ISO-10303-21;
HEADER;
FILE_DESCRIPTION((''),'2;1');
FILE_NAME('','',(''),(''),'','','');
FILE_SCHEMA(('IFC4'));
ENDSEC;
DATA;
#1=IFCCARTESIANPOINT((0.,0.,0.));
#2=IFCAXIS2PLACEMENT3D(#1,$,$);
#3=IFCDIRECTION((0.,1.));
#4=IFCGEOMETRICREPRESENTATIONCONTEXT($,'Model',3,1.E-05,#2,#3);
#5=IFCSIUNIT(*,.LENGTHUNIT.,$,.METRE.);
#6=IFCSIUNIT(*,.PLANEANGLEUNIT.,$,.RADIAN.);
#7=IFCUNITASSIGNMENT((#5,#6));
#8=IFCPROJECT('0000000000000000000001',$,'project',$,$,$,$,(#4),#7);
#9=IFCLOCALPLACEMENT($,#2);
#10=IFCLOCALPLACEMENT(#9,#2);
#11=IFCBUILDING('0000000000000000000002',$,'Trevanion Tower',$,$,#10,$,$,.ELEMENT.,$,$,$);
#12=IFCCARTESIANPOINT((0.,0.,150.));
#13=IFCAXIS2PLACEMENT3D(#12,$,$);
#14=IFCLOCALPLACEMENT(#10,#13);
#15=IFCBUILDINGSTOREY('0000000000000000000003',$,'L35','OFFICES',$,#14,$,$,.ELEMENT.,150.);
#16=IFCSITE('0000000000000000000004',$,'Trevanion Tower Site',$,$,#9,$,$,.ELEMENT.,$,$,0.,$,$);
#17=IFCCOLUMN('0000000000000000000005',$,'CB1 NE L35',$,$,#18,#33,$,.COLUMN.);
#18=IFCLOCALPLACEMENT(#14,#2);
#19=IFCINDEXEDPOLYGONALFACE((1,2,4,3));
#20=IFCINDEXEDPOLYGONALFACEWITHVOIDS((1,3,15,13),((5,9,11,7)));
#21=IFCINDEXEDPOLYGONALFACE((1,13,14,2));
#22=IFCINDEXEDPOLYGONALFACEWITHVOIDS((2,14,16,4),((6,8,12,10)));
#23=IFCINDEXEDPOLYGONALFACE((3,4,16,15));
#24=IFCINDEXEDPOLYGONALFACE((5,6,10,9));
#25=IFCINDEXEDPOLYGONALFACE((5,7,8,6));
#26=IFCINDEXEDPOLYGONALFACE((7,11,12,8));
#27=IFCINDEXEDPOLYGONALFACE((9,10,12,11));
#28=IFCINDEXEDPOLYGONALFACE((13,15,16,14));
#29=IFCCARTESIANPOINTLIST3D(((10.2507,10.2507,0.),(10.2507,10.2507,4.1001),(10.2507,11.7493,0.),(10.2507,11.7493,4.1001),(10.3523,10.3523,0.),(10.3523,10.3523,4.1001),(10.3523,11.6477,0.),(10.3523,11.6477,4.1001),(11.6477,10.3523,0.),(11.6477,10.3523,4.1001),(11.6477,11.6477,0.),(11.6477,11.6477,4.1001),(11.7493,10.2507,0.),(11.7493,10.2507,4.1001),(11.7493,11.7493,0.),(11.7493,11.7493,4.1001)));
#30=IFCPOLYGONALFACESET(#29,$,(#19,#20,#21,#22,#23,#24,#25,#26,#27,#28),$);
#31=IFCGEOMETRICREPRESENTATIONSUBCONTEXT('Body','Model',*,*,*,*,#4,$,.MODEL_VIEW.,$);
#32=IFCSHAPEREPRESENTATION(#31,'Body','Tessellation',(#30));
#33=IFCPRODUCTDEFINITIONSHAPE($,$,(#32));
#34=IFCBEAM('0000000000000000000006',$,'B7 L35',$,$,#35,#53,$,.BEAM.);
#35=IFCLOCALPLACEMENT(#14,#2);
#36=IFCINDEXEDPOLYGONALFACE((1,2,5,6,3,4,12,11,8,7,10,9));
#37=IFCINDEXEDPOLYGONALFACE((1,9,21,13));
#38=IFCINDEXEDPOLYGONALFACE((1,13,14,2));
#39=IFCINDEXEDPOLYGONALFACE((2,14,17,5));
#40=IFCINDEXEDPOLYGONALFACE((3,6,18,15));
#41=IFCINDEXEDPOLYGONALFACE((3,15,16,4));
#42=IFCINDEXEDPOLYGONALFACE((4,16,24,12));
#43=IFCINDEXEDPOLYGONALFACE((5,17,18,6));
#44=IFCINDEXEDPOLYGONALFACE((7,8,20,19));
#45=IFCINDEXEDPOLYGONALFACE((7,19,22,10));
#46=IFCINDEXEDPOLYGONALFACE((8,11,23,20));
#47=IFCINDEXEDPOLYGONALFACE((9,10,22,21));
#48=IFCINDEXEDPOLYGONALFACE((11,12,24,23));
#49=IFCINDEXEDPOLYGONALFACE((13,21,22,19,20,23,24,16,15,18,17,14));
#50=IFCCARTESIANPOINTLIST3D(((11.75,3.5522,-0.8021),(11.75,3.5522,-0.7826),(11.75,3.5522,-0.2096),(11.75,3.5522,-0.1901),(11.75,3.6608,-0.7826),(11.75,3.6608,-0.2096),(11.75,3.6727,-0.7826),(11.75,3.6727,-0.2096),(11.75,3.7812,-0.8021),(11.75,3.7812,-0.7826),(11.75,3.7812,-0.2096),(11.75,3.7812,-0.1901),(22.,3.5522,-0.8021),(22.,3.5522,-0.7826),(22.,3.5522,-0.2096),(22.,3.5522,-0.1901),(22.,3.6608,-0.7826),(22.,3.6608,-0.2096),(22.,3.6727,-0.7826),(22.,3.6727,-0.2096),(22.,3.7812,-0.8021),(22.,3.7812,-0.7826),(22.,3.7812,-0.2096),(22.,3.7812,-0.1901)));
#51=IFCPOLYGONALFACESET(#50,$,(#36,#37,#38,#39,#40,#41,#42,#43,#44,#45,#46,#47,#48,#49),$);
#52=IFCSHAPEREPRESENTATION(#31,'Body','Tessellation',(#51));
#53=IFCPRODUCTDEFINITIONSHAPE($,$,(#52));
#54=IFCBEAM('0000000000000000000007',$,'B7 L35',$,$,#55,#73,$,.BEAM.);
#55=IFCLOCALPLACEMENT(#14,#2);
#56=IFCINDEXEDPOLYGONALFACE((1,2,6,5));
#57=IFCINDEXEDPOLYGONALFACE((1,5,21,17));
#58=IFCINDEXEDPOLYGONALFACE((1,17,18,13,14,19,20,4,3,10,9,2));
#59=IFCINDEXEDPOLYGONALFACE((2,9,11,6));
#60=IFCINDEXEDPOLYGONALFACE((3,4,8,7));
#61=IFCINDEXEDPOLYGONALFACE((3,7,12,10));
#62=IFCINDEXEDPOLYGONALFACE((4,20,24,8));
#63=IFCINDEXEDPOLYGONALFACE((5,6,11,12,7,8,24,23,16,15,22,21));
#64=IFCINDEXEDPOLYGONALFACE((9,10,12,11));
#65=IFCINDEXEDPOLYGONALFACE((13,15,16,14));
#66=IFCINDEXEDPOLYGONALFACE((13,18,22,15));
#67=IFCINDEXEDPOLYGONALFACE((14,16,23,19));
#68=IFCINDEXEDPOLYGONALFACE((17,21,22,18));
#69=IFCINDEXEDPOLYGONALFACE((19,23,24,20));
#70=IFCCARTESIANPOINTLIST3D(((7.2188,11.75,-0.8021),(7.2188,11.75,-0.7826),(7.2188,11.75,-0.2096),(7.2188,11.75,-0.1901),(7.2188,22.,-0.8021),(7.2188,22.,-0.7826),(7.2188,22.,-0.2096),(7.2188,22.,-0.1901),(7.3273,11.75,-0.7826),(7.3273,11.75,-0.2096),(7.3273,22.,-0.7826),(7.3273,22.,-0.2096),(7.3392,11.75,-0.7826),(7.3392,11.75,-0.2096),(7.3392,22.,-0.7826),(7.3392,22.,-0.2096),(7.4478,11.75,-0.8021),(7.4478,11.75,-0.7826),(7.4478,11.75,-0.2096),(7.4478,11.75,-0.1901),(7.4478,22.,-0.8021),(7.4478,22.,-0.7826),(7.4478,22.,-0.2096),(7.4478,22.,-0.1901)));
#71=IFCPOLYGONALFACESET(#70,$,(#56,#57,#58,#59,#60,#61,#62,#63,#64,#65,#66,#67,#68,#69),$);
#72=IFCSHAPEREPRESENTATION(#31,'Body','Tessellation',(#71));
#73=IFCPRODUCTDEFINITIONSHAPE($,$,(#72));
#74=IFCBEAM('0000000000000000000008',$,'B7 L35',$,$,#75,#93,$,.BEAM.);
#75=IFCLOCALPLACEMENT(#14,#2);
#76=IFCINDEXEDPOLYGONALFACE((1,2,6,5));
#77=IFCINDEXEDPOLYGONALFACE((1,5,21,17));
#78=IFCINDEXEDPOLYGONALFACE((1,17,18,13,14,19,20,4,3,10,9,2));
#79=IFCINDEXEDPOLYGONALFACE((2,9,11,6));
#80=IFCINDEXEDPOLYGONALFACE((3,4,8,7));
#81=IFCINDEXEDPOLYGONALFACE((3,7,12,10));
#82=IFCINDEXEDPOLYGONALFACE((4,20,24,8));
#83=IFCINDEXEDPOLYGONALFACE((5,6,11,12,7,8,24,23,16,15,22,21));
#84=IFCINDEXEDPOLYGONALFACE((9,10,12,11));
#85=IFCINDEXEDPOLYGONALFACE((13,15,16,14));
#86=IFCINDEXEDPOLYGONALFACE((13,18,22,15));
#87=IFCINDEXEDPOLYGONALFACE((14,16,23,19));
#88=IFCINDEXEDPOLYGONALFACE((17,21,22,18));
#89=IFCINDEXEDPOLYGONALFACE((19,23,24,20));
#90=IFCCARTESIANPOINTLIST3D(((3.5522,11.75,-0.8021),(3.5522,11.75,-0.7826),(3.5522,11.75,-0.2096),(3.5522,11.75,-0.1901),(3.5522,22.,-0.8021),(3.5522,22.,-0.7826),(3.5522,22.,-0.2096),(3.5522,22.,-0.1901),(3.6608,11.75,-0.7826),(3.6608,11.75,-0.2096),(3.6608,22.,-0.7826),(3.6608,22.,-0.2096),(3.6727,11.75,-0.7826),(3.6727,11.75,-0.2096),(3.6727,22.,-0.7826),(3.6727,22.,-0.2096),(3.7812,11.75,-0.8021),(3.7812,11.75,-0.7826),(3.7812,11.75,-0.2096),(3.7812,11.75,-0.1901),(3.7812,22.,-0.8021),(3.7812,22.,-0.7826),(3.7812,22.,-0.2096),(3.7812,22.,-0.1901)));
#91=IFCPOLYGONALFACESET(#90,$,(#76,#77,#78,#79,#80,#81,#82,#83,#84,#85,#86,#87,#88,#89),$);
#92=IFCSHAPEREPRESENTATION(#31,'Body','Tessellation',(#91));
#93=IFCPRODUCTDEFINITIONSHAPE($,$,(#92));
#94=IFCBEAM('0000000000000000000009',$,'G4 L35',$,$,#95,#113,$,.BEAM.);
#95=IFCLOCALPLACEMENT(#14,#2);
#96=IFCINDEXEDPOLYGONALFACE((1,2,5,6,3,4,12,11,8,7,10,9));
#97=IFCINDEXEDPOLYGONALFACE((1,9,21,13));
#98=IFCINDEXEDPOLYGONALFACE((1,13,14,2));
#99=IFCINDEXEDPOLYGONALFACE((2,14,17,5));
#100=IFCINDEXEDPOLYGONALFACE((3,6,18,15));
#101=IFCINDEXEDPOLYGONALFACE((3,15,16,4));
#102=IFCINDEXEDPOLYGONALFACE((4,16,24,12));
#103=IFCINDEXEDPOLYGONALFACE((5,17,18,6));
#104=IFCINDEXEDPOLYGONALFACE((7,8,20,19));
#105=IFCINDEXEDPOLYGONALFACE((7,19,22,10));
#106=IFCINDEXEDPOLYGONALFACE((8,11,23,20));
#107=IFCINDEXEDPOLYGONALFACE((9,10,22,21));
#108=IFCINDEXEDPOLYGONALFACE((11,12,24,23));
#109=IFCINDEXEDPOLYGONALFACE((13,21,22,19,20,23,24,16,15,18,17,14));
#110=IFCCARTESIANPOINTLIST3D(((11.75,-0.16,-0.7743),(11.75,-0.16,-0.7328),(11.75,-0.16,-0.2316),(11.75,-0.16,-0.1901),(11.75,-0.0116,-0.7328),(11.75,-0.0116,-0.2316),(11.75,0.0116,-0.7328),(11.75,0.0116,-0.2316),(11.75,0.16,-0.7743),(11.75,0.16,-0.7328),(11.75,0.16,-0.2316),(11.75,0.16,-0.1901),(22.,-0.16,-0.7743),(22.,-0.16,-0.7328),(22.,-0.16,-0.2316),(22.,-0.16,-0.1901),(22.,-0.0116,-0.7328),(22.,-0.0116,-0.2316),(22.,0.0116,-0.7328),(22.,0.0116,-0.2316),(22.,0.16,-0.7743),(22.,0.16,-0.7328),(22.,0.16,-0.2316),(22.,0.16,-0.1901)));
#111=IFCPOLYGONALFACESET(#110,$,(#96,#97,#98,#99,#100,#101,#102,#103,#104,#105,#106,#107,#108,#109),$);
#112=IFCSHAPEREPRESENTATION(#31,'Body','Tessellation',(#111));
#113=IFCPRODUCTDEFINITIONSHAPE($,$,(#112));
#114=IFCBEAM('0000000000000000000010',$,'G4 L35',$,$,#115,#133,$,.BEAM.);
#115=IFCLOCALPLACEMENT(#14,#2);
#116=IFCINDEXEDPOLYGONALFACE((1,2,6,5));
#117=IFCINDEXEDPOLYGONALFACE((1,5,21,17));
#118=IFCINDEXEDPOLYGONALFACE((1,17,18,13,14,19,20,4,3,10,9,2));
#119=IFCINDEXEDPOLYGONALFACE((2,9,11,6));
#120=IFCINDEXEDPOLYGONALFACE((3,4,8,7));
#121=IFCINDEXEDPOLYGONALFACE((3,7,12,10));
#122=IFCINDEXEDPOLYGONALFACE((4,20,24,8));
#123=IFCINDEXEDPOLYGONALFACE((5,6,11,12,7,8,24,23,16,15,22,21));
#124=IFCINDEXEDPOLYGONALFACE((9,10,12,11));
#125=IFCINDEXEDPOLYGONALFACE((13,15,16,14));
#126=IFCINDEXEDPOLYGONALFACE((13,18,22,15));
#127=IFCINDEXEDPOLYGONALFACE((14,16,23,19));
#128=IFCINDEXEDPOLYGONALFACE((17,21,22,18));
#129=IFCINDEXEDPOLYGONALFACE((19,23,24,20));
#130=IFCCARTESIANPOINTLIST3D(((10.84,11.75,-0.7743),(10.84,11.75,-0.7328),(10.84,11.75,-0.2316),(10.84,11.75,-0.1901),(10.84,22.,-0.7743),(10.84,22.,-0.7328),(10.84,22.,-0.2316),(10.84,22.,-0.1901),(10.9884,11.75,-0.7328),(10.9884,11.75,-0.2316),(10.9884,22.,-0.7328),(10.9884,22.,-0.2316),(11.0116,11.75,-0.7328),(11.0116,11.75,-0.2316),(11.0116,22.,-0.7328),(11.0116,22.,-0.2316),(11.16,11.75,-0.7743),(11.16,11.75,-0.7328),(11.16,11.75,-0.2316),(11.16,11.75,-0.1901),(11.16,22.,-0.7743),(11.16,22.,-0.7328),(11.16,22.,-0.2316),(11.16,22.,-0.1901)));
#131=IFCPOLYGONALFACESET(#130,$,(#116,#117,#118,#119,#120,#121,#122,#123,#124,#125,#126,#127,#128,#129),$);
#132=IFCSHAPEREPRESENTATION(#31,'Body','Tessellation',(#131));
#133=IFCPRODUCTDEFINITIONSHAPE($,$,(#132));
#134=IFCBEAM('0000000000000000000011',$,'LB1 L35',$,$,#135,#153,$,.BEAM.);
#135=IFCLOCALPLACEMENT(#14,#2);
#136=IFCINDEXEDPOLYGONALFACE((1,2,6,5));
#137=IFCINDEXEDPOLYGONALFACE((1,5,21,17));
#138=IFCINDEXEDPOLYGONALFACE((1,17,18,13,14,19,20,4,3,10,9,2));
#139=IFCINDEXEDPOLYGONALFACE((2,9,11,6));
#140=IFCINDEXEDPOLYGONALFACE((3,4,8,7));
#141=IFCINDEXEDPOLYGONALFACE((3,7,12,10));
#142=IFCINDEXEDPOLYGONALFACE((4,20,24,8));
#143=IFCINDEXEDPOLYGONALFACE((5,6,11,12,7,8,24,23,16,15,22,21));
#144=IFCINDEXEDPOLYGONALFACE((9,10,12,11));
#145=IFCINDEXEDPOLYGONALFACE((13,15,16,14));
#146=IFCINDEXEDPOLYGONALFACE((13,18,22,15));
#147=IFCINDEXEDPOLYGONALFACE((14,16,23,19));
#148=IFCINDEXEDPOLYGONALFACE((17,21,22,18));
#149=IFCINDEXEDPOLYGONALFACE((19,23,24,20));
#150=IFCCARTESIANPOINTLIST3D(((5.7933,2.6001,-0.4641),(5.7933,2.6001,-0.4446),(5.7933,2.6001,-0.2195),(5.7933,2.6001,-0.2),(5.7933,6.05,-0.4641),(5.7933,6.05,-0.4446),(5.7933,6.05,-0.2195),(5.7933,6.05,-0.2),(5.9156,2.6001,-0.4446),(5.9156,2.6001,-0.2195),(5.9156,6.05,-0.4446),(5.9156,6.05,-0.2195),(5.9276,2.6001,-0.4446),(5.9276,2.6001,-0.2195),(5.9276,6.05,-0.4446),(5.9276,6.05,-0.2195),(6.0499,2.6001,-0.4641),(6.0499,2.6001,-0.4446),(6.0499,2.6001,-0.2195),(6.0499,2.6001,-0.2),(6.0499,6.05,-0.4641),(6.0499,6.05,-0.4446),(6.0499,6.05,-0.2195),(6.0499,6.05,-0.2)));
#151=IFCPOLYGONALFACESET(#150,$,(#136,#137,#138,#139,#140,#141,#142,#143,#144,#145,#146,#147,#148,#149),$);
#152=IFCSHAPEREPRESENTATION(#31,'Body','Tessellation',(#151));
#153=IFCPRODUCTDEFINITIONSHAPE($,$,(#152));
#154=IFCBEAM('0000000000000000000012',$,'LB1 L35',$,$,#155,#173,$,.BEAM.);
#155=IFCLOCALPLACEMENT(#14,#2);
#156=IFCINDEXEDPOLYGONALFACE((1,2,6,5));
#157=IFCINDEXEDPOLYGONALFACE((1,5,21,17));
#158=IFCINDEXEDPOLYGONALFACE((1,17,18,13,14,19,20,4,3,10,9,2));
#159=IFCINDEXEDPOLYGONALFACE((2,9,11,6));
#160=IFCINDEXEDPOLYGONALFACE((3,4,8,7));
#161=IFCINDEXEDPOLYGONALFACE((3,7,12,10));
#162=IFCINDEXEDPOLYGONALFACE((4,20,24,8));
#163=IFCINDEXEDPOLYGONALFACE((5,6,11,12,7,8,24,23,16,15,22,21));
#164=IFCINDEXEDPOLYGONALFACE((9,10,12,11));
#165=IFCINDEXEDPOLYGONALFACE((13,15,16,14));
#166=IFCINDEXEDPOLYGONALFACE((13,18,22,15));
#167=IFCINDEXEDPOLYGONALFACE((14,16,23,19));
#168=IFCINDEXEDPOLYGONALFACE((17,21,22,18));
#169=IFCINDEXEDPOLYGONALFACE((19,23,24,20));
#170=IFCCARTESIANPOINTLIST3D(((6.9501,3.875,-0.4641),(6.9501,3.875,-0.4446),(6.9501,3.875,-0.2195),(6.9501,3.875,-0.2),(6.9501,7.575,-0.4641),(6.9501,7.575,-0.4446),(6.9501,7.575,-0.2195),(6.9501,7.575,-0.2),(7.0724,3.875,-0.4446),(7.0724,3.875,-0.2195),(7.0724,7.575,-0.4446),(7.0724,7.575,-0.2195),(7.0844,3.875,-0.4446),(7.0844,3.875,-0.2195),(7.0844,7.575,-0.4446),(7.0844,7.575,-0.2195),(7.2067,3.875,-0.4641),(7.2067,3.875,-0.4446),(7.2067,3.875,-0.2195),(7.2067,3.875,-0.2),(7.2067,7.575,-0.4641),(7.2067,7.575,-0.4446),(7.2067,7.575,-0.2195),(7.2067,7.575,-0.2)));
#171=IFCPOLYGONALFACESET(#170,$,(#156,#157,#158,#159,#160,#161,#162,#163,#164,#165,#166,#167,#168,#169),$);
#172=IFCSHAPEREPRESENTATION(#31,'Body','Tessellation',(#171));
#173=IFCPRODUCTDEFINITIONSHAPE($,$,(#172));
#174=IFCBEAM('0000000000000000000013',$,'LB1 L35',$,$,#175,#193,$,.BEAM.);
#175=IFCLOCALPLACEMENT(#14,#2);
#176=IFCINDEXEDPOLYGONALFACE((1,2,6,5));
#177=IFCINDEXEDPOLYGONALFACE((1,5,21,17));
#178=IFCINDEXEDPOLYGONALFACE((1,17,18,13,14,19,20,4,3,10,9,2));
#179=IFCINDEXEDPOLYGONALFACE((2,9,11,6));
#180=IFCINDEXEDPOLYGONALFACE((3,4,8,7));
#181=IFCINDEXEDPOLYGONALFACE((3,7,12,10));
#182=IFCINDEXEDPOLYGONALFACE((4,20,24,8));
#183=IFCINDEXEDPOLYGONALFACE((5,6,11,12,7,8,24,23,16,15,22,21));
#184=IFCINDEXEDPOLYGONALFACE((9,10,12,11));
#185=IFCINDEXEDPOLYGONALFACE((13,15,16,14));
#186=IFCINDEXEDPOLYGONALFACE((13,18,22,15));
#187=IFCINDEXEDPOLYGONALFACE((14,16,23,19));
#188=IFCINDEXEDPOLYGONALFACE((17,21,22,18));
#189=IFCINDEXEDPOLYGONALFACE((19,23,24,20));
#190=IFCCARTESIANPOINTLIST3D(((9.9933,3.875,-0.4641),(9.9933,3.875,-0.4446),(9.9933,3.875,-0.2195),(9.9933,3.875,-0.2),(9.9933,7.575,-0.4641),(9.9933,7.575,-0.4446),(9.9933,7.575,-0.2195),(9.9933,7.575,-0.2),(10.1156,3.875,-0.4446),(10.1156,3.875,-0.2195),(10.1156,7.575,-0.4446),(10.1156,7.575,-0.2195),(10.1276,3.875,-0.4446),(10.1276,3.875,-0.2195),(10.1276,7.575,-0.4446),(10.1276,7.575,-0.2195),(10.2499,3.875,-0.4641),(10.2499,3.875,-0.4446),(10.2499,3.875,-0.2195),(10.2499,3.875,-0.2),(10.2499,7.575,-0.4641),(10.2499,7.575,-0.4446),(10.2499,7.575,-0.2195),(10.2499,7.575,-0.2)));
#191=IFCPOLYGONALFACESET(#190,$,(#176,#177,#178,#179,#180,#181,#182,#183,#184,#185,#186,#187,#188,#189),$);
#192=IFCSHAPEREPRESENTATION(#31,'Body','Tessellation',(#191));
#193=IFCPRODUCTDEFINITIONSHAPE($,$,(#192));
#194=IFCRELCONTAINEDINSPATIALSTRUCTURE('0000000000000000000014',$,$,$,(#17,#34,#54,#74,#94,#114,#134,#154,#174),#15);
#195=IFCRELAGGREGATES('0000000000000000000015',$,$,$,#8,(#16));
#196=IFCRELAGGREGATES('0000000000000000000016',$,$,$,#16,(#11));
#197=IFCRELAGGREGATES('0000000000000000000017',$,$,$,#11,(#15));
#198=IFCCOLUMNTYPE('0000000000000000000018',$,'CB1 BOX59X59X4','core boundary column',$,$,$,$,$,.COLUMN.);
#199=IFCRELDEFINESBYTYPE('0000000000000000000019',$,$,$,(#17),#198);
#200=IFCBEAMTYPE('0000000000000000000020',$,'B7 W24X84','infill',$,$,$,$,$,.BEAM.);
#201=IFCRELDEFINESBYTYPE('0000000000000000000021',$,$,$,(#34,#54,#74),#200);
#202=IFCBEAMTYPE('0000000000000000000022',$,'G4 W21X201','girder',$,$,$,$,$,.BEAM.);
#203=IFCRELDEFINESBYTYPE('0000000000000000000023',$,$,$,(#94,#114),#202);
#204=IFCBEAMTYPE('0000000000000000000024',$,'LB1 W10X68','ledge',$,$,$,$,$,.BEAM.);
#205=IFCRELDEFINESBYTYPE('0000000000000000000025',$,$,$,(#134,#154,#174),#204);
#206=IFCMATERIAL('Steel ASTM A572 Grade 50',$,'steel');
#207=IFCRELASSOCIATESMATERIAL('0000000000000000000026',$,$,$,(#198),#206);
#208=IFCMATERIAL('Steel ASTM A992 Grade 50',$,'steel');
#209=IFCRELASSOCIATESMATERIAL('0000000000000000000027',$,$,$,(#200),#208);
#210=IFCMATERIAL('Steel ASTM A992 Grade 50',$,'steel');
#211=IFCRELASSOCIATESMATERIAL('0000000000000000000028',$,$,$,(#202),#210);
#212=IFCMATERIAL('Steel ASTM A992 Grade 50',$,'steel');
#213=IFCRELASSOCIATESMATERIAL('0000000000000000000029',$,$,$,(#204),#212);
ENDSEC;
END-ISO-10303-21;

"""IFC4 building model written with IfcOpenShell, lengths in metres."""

from ifc_helpers import new_model, si_unit, direction, frame, origin, origin_2d, place, context, subcontext, project, spatial, hollow_rectangle, i_section, extrude, material, material_profile, profile_set, type_object, element, save


model = new_model("IFC4")

# Units and contexts
model_context = context("Model", 3, precision=1e-05, world=origin(), true_north=direction((0.0, 1.0)))
body_context = subcontext(model_context, "Body", "Model", "MODEL_VIEW")
ifc_project = project(units=[si_unit("LENGTHUNIT", "METRE"), si_unit("PLANEANGLEUNIT", "RADIAN")], contexts=[model_context])

# Site, building, storey
site_placement = place(None, origin())
site = spatial("IfcSite", under=ifc_project, at=site_placement, Name="Trevanion Tower Site", CompositionType="ELEMENT", RefElevation=0.0)
building_placement = place(site_placement, origin())
building = spatial("IfcBuilding", under=site, at=building_placement, Name="Trevanion Tower", CompositionType="ELEMENT")
storey_placement = place(building_placement, frame((0.0, 0.0, 150.0)))
storey = spatial("IfcBuildingStorey", under=building, at=storey_placement, Name="L35", Description="OFFICES", CompositionType="ELEMENT", Elevation=150.0)

# Column
ifc_material_1 = material(Name="Steel ASTM A572 Grade 50", Category="steel")
ifc_material_profile_1 = material_profile(ifc_material_1, hollow_rectangle(XDim=1.4985, YDim=1.4985, WallThickness=0.1016, at=origin_2d()), Name="BOX59X59X4")
ifc_profile_set_1 = profile_set([ifc_material_profile_1], Name="Steel ASTM A572 Grade 50")
column_type = type_object("IfcColumnType", Name="CB1 BOX59X59X4", Description="core boundary column", PredefinedType="COLUMN", material=ifc_profile_set_1)
column_placement = place(storey_placement, frame((11.0, 11.0, 0.0), z_axis=(0.0, 0.0, 1.0), x_axis=(1.0, 0.0, 0.0)))
element("IfcColumn", 1, at=column_placement, inside=storey, type_object=column_type, Name="CB1 NE L35", PredefinedType="COLUMN", context=body_context, shape_type="SweptSolid", body=[
    extrude(hollow_rectangle(XDim=1.4985, YDim=1.4985, WallThickness=0.1016, at=origin_2d()), origin(), (0.0, 0.0, 1.0), 4.1001),
])

# Beams
ifc_material_2 = material(Name="Steel ASTM A992 Grade 50", Category="steel")
ifc_material_profile_2 = material_profile(ifc_material_2, i_section(OverallWidth=0.229, OverallDepth=0.6121, WebThickness=0.012, FlangeThickness=0.0195, at=origin_2d()), Name="W24X84")
ifc_profile_set_2 = profile_set([ifc_material_profile_2], Name="Steel ASTM A992 Grade 50")
beam_type_1 = type_object("IfcBeamType", Name="B7 W24X84", Description="infill", PredefinedType="BEAM", material=ifc_profile_set_2)
for number, where, z_axis, x_axis, name in (
    (2, (11.75, 3.6667, -0.4961), (1.0, 0.0, 0.0), (0.0, 1.0, 0.0), "B7 L35"),
    (3, (7.3333, 11.75, -0.4961), (0.0, 1.0, 0.0), (-1.0, 0.0, 0.0), "B7 L35"),
    (4, (3.6667, 11.75, -0.4961), (0.0, 1.0, 0.0), (-1.0, 0.0, 0.0), "B7 L35"),
):
    element("IfcBeam", number, at=place(storey_placement, frame(where, z_axis=z_axis, x_axis=x_axis)), inside=storey, type_object=beam_type_1, Name=name, PredefinedType="BEAM", context=body_context, shape_type="SweptSolid", body=[
        extrude(i_section(OverallWidth=0.229, OverallDepth=0.6121, WebThickness=0.012, FlangeThickness=0.0195, at=origin_2d()), origin(), (0.0, 0.0, 1.0), 10.25),
    ])
ifc_material_3 = material(Name="Steel ASTM A992 Grade 50", Category="steel")
ifc_material_profile_3 = material_profile(ifc_material_3, i_section(OverallWidth=0.3201, OverallDepth=0.5842, WebThickness=0.0232, FlangeThickness=0.0415, at=origin_2d()), Name="W21X201")
ifc_profile_set_3 = profile_set([ifc_material_profile_3], Name="Steel ASTM A992 Grade 50")
beam_type_2 = type_object("IfcBeamType", Name="G4 W21X201", Description="girder", PredefinedType="BEAM", material=ifc_profile_set_3)
for number, where, z_axis, x_axis, name in (
    (5, (11.75, 0.0, -0.4822), (1.0, 0.0, 0.0), (0.0, 1.0, 0.0), "G4 L35"),
    (6, (11.0, 11.75, -0.4822), (0.0, 1.0, 0.0), (-1.0, 0.0, 0.0), "G4 L35"),
):
    element("IfcBeam", number, at=place(storey_placement, frame(where, z_axis=z_axis, x_axis=x_axis)), inside=storey, type_object=beam_type_2, Name=name, PredefinedType="BEAM", context=body_context, shape_type="SweptSolid", body=[
        extrude(i_section(OverallWidth=0.3201, OverallDepth=0.5842, WebThickness=0.0232, FlangeThickness=0.0415, at=origin_2d()), origin(), (0.0, 0.0, 1.0), 10.25),
    ])
ifc_material_4 = material(Name="Steel ASTM A992 Grade 50", Category="steel")
ifc_material_profile_4 = material_profile(ifc_material_4, i_section(OverallWidth=0.2566, OverallDepth=0.2642, WebThickness=0.012, FlangeThickness=0.0195, at=origin_2d()), Name="W10X68")
ifc_profile_set_4 = profile_set([ifc_material_profile_4], Name="Steel ASTM A992 Grade 50")
beam_type_3 = type_object("IfcBeamType", Name="LB1 W10X68", Description="ledge", PredefinedType="BEAM", material=ifc_profile_set_4)
beam_placement = place(storey_placement, frame((5.9216, 2.6001, -0.332), z_axis=(0.0, 1.0, 0.0), x_axis=(-1.0, 0.0, 0.0)))
element("IfcBeam", 7, at=beam_placement, inside=storey, type_object=beam_type_3, Name="LB1 L35", PredefinedType="BEAM", context=body_context, shape_type="SweptSolid", body=[
    extrude(i_section(OverallWidth=0.2566, OverallDepth=0.2642, WebThickness=0.012, FlangeThickness=0.0195, at=origin_2d()), origin(), (0.0, 0.0, 1.0), 3.45),
])
for number, where, z_axis, x_axis, name in (
    (8, (7.0784, 3.875, -0.332), (0.0, 1.0, 0.0), (-1.0, 0.0, 0.0), "LB1 L35"),
    (9, (10.1216, 3.875, -0.332), (0.0, 1.0, 0.0), (-1.0, 0.0, 0.0), "LB1 L35"),
):
    element("IfcBeam", number, at=place(storey_placement, frame(where, z_axis=z_axis, x_axis=x_axis)), inside=storey, type_object=beam_type_3, Name=name, PredefinedType="BEAM", context=body_context, shape_type="SweptSolid", body=[
        extrude(i_section(OverallWidth=0.2566, OverallDepth=0.2642, WebThickness=0.012, FlangeThickness=0.0195, at=origin_2d()), origin(), (0.0, 0.0, 1.0), 3.7),
    ])

save(model, "model.ifc")
